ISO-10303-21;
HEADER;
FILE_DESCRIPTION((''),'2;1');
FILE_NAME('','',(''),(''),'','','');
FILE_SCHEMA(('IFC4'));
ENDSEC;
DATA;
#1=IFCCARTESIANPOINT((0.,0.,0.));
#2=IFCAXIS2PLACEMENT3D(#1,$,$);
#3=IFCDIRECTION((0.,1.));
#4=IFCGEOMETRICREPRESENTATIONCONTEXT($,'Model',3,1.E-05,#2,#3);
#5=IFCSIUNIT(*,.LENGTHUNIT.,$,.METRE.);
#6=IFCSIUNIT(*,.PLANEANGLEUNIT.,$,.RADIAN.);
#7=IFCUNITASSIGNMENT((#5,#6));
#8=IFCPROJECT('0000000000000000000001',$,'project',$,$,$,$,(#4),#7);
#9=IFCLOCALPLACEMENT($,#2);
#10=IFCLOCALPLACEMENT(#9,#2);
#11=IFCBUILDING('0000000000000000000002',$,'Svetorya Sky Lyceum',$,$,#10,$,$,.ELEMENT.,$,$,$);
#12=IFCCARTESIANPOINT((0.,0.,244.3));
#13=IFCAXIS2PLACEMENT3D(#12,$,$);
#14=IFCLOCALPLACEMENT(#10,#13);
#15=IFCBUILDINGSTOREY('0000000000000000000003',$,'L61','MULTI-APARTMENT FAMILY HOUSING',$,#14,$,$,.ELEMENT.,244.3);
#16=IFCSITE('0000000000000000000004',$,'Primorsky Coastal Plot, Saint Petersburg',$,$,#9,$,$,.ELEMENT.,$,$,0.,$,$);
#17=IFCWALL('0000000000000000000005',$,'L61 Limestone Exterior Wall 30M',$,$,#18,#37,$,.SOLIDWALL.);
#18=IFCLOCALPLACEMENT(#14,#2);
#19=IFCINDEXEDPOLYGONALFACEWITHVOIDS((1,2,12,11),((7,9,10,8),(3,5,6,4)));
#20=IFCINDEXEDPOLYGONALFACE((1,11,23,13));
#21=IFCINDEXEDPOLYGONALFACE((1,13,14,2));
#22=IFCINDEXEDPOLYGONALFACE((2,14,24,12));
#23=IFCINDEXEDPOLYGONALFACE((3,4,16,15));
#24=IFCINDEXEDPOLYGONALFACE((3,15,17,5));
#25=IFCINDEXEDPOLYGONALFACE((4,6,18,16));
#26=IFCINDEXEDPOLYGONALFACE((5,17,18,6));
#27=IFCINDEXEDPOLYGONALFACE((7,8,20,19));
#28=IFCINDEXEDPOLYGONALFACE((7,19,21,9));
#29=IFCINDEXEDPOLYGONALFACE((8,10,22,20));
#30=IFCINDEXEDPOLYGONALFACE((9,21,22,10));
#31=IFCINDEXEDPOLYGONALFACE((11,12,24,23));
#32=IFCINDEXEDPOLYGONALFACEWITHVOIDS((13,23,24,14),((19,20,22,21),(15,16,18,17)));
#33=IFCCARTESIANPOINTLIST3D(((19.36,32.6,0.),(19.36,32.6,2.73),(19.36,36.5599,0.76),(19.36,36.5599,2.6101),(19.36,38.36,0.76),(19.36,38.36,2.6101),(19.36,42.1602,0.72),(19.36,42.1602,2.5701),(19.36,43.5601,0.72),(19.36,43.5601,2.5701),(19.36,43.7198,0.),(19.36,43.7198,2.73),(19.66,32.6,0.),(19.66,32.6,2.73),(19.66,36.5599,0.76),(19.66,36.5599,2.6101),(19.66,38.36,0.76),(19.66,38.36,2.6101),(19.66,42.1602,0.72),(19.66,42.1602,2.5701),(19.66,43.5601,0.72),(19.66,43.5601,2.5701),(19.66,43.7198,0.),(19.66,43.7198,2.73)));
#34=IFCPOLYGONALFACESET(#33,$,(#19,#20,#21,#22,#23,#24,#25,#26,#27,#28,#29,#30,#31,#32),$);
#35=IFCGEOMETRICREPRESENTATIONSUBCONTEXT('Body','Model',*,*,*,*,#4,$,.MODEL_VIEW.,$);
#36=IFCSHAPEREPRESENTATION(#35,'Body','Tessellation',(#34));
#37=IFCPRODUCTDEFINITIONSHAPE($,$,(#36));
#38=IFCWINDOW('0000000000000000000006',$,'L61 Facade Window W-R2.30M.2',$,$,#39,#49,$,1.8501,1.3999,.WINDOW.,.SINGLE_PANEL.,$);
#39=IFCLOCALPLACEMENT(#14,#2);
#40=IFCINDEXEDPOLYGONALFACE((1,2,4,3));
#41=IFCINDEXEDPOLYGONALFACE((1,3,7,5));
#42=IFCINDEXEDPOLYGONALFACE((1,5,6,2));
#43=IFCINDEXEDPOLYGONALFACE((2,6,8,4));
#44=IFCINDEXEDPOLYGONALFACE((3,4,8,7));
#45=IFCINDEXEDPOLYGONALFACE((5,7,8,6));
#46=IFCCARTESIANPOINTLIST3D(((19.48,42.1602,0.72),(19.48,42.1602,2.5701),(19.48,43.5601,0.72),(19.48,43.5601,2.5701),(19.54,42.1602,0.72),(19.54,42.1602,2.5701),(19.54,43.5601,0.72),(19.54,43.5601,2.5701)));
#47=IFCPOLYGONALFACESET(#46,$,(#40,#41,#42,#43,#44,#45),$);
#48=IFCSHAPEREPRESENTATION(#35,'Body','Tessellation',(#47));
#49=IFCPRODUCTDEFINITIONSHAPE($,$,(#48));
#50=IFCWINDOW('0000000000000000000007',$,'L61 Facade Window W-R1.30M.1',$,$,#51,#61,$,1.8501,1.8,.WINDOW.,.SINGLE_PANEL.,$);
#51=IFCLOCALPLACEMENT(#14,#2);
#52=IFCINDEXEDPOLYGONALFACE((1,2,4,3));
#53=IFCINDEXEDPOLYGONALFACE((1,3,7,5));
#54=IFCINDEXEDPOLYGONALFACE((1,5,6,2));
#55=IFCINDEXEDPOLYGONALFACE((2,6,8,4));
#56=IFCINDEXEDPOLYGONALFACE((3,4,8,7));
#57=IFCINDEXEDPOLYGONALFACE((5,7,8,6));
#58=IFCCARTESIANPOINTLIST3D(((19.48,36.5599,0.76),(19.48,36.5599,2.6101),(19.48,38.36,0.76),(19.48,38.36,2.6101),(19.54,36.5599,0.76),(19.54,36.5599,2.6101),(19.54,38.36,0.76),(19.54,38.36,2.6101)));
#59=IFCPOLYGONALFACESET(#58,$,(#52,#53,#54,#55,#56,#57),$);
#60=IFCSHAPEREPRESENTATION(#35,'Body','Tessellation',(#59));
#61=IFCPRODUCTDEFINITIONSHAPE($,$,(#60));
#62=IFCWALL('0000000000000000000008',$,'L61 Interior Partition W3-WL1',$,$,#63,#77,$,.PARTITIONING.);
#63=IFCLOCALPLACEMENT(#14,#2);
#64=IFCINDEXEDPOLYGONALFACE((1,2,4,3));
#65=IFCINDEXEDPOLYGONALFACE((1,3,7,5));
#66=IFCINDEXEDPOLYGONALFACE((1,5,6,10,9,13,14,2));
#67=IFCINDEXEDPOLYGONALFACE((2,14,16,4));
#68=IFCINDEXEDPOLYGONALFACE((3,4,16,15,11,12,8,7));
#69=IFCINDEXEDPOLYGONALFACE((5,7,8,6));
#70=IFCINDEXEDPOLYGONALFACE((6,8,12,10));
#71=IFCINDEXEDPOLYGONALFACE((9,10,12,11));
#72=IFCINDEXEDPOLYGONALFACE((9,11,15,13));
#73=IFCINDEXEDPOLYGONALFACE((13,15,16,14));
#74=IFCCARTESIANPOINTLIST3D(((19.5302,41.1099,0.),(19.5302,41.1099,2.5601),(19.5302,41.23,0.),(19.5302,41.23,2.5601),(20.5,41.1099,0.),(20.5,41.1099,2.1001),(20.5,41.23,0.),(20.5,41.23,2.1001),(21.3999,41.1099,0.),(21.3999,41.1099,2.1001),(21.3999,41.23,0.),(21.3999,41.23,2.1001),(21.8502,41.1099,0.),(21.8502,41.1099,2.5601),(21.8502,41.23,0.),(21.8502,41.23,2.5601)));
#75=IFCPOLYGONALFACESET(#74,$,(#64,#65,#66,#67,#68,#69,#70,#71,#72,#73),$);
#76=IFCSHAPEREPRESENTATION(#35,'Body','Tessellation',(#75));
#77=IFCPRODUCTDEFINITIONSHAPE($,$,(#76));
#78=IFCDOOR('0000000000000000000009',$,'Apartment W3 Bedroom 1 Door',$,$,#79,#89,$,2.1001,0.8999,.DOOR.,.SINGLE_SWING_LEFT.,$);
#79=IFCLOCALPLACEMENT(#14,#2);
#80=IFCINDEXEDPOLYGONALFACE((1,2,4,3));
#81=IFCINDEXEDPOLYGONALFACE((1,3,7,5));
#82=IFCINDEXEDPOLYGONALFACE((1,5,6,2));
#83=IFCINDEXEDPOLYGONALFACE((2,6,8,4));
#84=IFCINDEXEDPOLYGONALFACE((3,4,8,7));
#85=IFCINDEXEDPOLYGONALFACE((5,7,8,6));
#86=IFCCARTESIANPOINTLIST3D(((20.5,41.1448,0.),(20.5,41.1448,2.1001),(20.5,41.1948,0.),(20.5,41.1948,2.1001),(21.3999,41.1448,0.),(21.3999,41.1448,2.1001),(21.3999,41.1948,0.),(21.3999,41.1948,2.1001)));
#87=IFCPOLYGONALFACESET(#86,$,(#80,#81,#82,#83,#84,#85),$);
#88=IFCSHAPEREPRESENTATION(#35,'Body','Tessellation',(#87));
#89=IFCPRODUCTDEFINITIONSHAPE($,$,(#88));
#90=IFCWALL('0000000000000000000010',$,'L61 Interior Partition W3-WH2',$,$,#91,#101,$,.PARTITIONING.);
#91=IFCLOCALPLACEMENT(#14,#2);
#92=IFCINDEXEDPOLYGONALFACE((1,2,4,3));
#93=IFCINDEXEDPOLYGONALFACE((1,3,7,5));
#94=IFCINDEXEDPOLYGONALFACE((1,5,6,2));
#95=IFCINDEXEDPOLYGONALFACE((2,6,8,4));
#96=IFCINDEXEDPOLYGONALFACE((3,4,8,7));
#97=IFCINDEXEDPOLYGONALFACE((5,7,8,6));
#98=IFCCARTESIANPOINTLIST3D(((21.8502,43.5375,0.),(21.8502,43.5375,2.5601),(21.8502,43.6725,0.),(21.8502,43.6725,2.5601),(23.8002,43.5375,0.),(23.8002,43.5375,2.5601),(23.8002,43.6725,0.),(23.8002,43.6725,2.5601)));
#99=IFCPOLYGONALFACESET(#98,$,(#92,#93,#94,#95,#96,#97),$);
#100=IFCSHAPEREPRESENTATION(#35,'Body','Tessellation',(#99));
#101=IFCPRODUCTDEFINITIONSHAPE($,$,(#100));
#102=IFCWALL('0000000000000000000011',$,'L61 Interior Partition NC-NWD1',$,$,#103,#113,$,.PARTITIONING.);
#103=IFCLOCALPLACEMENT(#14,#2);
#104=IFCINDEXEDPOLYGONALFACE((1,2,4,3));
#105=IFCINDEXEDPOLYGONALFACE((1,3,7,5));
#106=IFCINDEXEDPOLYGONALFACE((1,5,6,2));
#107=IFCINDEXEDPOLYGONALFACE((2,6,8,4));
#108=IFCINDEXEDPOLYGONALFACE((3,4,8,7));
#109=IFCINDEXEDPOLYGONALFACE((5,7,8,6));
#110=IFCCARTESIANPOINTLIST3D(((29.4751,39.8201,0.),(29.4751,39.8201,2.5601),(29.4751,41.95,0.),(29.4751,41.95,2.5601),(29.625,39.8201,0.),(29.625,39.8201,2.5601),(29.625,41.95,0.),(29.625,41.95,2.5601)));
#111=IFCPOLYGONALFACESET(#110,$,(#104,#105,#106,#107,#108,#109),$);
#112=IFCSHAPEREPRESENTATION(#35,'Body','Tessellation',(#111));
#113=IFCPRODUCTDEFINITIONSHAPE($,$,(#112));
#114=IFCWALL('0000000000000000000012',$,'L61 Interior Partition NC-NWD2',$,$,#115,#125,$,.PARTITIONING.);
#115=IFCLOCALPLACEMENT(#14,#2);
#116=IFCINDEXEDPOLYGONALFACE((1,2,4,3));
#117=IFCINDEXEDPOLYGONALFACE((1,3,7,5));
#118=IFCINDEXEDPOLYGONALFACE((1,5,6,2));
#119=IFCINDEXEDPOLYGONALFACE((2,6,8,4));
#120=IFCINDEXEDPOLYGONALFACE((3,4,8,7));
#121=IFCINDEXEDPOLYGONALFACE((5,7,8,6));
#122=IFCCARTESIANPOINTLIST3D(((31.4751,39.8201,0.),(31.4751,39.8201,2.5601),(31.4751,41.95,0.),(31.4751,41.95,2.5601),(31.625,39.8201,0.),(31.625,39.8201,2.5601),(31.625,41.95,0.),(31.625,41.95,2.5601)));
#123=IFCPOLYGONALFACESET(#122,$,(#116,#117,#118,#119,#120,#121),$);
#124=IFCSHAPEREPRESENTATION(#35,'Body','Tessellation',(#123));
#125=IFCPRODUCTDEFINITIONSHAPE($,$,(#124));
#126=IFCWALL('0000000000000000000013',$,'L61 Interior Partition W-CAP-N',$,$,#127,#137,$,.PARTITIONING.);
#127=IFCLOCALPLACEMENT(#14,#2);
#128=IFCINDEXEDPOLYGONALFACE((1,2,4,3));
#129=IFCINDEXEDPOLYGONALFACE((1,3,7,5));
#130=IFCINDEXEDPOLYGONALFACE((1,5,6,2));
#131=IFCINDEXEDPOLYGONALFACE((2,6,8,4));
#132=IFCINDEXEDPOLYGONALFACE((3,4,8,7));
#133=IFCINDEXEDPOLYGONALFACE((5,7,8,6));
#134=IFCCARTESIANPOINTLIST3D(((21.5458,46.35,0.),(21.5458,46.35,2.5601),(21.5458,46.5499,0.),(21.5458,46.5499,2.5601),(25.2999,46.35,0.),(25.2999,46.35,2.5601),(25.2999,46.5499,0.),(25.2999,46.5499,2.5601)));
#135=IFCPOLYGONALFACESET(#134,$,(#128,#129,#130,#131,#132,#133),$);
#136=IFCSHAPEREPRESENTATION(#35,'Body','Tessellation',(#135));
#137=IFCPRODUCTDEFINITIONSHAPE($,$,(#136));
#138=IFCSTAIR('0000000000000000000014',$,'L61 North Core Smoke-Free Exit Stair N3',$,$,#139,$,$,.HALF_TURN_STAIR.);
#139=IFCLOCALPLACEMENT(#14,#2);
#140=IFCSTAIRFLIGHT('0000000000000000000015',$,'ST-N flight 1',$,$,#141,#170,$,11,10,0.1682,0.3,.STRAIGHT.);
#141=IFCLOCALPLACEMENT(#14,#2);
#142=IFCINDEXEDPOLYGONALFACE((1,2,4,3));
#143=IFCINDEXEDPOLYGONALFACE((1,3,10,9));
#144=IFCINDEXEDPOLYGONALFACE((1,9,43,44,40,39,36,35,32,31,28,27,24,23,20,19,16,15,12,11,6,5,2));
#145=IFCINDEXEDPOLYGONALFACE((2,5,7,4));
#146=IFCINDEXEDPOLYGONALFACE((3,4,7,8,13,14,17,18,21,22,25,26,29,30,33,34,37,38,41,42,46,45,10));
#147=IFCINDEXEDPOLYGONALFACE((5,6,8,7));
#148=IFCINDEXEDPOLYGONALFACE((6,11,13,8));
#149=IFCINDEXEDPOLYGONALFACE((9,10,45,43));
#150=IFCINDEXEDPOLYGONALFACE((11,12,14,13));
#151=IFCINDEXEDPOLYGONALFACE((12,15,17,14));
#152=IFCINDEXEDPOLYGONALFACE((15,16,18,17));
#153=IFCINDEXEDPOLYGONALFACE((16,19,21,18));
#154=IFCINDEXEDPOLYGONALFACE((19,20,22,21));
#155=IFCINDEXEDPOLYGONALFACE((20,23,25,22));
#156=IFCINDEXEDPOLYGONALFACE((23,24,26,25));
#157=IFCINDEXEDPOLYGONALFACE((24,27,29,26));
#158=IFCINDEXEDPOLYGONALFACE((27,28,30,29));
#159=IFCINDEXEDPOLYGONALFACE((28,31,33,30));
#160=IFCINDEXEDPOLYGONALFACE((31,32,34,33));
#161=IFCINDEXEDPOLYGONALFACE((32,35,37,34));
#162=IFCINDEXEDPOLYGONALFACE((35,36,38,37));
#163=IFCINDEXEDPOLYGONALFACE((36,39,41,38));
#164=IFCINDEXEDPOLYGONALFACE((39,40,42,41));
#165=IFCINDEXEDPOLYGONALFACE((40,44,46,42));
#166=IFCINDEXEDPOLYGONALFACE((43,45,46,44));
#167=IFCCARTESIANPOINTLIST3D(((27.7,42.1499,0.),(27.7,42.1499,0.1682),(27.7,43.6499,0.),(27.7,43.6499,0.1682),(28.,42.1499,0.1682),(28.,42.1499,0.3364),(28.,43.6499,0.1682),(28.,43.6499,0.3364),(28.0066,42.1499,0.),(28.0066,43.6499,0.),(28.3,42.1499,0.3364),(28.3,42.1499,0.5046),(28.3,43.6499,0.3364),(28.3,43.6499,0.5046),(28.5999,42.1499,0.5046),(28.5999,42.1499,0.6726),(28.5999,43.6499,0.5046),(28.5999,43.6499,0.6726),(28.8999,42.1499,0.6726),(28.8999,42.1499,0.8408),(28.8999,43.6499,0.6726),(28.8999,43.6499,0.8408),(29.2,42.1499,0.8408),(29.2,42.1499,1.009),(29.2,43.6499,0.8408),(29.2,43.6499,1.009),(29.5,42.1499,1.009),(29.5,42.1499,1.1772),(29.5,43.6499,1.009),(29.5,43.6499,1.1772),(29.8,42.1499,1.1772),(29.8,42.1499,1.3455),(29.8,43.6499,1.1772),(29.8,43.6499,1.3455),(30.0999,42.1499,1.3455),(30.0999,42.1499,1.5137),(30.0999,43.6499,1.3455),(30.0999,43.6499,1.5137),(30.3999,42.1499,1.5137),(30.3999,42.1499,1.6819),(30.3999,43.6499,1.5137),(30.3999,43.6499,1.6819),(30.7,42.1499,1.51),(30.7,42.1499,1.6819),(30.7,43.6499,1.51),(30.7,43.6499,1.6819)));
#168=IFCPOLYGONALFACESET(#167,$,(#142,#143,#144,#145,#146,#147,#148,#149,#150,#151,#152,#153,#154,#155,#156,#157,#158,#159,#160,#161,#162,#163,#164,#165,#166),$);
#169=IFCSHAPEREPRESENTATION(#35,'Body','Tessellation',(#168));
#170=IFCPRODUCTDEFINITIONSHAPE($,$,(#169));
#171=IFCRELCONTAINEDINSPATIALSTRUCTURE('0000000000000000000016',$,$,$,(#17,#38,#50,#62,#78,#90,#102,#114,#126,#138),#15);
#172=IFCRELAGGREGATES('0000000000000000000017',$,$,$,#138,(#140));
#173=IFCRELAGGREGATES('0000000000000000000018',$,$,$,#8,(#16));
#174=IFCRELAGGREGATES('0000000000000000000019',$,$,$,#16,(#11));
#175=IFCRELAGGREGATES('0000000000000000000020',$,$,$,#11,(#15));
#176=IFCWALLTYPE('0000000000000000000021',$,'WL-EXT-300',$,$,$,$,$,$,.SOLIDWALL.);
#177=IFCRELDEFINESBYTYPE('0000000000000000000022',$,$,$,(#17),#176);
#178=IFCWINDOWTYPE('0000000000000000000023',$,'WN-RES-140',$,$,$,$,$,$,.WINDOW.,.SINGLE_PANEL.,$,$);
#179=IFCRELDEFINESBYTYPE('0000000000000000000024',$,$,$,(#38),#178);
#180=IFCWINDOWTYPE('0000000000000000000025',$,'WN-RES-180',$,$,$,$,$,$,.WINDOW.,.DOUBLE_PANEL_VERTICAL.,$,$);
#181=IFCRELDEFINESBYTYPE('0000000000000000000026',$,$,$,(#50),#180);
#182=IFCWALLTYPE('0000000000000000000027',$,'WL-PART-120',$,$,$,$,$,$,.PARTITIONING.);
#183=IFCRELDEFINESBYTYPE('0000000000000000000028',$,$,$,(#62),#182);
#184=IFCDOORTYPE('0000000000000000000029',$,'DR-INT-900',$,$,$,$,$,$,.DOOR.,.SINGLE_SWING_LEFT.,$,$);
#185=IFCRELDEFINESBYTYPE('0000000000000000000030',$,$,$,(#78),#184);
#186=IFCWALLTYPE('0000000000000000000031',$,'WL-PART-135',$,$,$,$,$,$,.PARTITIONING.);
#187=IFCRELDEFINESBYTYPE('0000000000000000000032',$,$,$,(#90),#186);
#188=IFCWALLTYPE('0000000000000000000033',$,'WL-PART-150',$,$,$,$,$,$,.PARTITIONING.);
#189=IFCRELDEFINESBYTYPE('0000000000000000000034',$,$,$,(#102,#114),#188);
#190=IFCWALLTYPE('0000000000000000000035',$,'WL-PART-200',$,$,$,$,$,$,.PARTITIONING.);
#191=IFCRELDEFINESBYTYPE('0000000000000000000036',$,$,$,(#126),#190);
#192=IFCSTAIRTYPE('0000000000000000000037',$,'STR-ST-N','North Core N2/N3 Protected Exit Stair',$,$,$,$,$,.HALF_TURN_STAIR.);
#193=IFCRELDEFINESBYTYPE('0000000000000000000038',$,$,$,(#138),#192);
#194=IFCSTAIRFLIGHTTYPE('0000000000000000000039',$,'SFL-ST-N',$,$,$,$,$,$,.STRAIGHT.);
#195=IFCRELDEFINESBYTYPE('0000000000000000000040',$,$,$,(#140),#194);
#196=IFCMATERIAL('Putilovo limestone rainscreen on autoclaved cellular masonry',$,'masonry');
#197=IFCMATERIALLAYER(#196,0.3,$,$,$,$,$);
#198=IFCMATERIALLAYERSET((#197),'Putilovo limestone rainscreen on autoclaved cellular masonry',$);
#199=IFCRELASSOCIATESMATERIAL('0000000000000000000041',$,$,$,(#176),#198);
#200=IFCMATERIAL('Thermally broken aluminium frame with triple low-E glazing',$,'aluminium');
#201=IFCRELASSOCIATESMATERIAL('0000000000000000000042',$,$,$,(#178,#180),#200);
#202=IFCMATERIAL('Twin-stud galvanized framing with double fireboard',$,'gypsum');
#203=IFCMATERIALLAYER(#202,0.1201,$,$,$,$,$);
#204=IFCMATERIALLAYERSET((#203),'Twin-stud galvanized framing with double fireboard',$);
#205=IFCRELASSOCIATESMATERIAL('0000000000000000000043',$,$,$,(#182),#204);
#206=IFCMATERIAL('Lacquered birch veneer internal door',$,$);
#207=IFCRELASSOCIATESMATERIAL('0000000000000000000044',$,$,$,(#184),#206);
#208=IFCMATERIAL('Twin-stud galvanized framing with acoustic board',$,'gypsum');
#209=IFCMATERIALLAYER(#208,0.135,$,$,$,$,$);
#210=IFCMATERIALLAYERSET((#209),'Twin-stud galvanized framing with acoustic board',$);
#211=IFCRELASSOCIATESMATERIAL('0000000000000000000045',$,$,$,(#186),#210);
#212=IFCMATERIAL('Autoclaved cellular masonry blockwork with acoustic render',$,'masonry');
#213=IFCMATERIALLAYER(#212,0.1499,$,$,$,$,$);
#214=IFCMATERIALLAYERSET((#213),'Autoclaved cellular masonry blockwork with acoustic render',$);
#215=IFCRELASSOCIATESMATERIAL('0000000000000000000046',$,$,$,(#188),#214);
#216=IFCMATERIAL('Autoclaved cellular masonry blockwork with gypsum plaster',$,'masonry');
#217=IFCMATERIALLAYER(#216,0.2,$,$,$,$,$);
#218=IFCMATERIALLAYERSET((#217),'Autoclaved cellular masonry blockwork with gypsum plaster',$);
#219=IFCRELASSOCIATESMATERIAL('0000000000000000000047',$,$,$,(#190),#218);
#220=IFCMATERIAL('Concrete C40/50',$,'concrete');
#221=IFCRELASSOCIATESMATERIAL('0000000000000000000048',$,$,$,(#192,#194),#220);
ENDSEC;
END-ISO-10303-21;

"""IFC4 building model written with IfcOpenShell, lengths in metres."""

from ifc_helpers import new_model, si_unit, direction, frame, frame_2d, origin, place, context, subcontext, project, spatial, polyline, rectangle, outline, extrude, material, layer, layer_set, type_object, element, fill, aggregate, save


model = new_model("IFC4")

# Units and contexts
model_context = context("Model", 3, precision=1e-05, world=origin(), true_north=direction((0.0, 1.0)))
body_context = subcontext(model_context, "Body", "Model", "MODEL_VIEW")
ifc_project = project(units=[si_unit("LENGTHUNIT", "METRE"), si_unit("PLANEANGLEUNIT", "RADIAN")], contexts=[model_context])

# Site, building, storey
site_placement = place(None, origin())
site = spatial("IfcSite", under=ifc_project, at=site_placement, Name="Primorsky Coastal Plot, Saint Petersburg", CompositionType="ELEMENT", RefElevation=0.0)
building_placement = place(site_placement, origin())
building = spatial("IfcBuilding", under=site, at=building_placement, Name="Svetorya Sky Lyceum", CompositionType="ELEMENT")
storey_placement = place(building_placement, frame((0.0, 0.0, 244.3)))
storey = spatial("IfcBuildingStorey", under=building, at=storey_placement, Name="L61", Description="MULTI-APARTMENT FAMILY HOUSING", CompositionType="ELEMENT", Elevation=244.3)

# Shared definitions
ifc_material_1 = material(Name="Putilovo limestone rainscreen on autoclaved cellular masonry", Category="masonry")
ifc_layer_1 = layer(ifc_material_1, 0.3)
ifc_layer_set_1 = layer_set([ifc_layer_1], Name="Putilovo limestone rainscreen on autoclaved cellular masonry")
wall_type_1 = type_object("IfcWallType", Name="WL-EXT-300", PredefinedType="SOLIDWALL", material=ifc_layer_set_1)

# Wall, openings, windows
wall_1_placement = place(storey_placement, frame((19.51, 43.72, 0.0), z_axis=(0.0, 0.0, 1.0), x_axis=(0.0, -1.0, 0.0)))
wall_1 = element("IfcWall", 1, at=wall_1_placement, inside=storey, type_object=wall_type_1, Name="L61 Limestone Exterior Wall 30M", PredefinedType="SOLIDWALL", context=body_context, shape_type="SweptSolid", body=[
    extrude(rectangle(XDim=11.1199, YDim=0.3, at=frame_2d((5.5601, 0.0))), origin(), (0.0, 0.0, 1.0), 2.73),
])
opening_1_placement = place(wall_1_placement, frame((0.1599, 0.0, 0.72)))
opening_1 = element("IfcOpeningElement", 2, at=opening_1_placement, cuts=wall_1, PredefinedType="OPENING", context=body_context, shape_type="SweptSolid", body=[
    extrude(rectangle(XDim=1.3999, YDim=1.8501, at=frame_2d((0.7, 0.925))), frame((0.0, 0.1599, 0.0), z_axis=(0.0, -1.0, 0.0), x_axis=(1.0, 0.0, 0.0)), (0.0, 0.0, 1.0), 0.3201),
])
opening_2_placement = place(wall_1_placement, frame((5.3601, 0.0, 0.76)))
opening_2 = element("IfcOpeningElement", 3, at=opening_2_placement, cuts=wall_1, PredefinedType="OPENING", context=body_context, shape_type="SweptSolid", body=[
    extrude(rectangle(XDim=1.8, YDim=1.8501, at=frame_2d((0.8999, 0.925))), frame((0.0, 0.1599, 0.0), z_axis=(0.0, -1.0, 0.0), x_axis=(1.0, 0.0, 0.0)), (0.0, 0.0, 1.0), 0.3201),
])
ifc_material_2 = material(Name="Thermally broken aluminium frame with triple low-E glazing", Category="aluminium")
window_type_1 = type_object("IfcWindowType", Name="WN-RES-140", PartitioningType="SINGLE_PANEL", PredefinedType="WINDOW", material=ifc_material_2)
window_1_placement = place(opening_1_placement, origin())
window_1 = element("IfcWindow", 4, at=window_1_placement, inside=storey, type_object=window_type_1, Name="L61 Facade Window W-R2.30M.2", OverallHeight=1.8501, OverallWidth=1.3999, PartitioningType="SINGLE_PANEL", PredefinedType="WINDOW", context=body_context, shape_type="SweptSolid", body=[
    extrude(rectangle(XDim=1.3999, YDim=1.8501, at=frame_2d((0.7, 0.925))), frame((0.0, 0.03, 0.0), z_axis=(0.0, -1.0, 0.0), x_axis=(1.0, 0.0, 0.0)), (0.0, 0.0, 1.0), 0.0601),
])
fill(opening_1, window_1)
window_type_2 = type_object("IfcWindowType", Name="WN-RES-180", PartitioningType="DOUBLE_PANEL_VERTICAL", PredefinedType="WINDOW", material=ifc_material_2)
window_2_placement = place(opening_2_placement, origin())
window_2 = element("IfcWindow", 5, at=window_2_placement, inside=storey, type_object=window_type_2, Name="L61 Facade Window W-R1.30M.1", OverallHeight=1.8501, OverallWidth=1.8, PartitioningType="SINGLE_PANEL", PredefinedType="WINDOW", context=body_context, shape_type="SweptSolid", body=[
    extrude(rectangle(XDim=1.8, YDim=1.8501, at=frame_2d((0.8999, 0.925))), frame((0.0, 0.03, 0.0), z_axis=(0.0, -1.0, 0.0), x_axis=(1.0, 0.0, 0.0)), (0.0, 0.0, 1.0), 0.0601),
])
fill(opening_2, window_2)

# Wall, opening, door
ifc_material_3 = material(Name="Twin-stud galvanized framing with double fireboard", Category="gypsum")
ifc_layer_2 = layer(ifc_material_3, 0.1201)
ifc_layer_set_2 = layer_set([ifc_layer_2], Name="Twin-stud galvanized framing with double fireboard")
wall_type_2 = type_object("IfcWallType", Name="WL-PART-120", PredefinedType="PARTITIONING", material=ifc_layer_set_2)
wall_2_placement = place(storey_placement, frame((19.53, 41.1699, 0.0), z_axis=(0.0, 0.0, 1.0), x_axis=(1.0, 0.0, 0.0)))
wall_2 = element("IfcWall", 6, at=wall_2_placement, inside=storey, type_object=wall_type_2, Name="L61 Interior Partition W3-WL1", PredefinedType="PARTITIONING", context=body_context, shape_type="SweptSolid", body=[
    extrude(rectangle(XDim=2.3201, YDim=0.1201, at=frame_2d((1.1602, 0.0))), origin(), (0.0, 0.0, 1.0), 2.5601),
])
opening_3_placement = place(wall_2_placement, frame((0.97, 0.0, 0.0)))
opening_3 = element("IfcOpeningElement", 7, at=opening_3_placement, cuts=wall_2, PredefinedType="OPENING", context=body_context, shape_type="SweptSolid", body=[
    extrude(rectangle(XDim=0.8999, YDim=2.1001, at=frame_2d((0.45, 1.05))), frame((0.0, 0.0701, 0.0), z_axis=(0.0, -1.0, 0.0), x_axis=(1.0, 0.0, 0.0)), (0.0, 0.0, 1.0), 0.1401),
])
ifc_material_4 = material(Name="Lacquered birch veneer internal door")
door_type = type_object("IfcDoorType", Name="DR-INT-900", OperationType="SINGLE_SWING_LEFT", PredefinedType="DOOR", material=ifc_material_4)
door_placement = place(opening_3_placement, origin())
door = element("IfcDoor", 8, at=door_placement, inside=storey, type_object=door_type, Name="Apartment W3 Bedroom 1 Door", OperationType="SINGLE_SWING_LEFT", OverallHeight=2.1001, OverallWidth=0.8999, PredefinedType="DOOR", context=body_context, shape_type="SweptSolid", body=[
    extrude(rectangle(XDim=0.8999, YDim=2.1001, at=frame_2d((0.45, 1.05))), frame((0.0, 0.0249, 0.0), z_axis=(0.0, -1.0, 0.0), x_axis=(1.0, 0.0, 0.0)), (0.0, 0.0, 1.0), 0.05),
])
fill(opening_3, door)

# Walls
ifc_material_5 = material(Name="Twin-stud galvanized framing with acoustic board", Category="gypsum")
ifc_layer_3 = layer(ifc_material_5, 0.135)
ifc_layer_set_3 = layer_set([ifc_layer_3], Name="Twin-stud galvanized framing with acoustic board")
wall_type_3 = type_object("IfcWallType", Name="WL-PART-135", PredefinedType="PARTITIONING", material=ifc_layer_set_3)
wall_3_placement = place(storey_placement, frame((21.8501, 43.605, 0.0), z_axis=(0.0, 0.0, 1.0), x_axis=(1.0, 0.0, 0.0)))
element("IfcWall", 9, at=wall_3_placement, inside=storey, type_object=wall_type_3, Name="L61 Interior Partition W3-WH2", PredefinedType="PARTITIONING", context=body_context, shape_type="SweptSolid", body=[
    extrude(rectangle(XDim=1.95, YDim=0.135, at=frame_2d((0.9751, 0.0))), origin(), (0.0, 0.0, 1.0), 2.5601),
])
ifc_material_6 = material(Name="Autoclaved cellular masonry blockwork with acoustic render", Category="masonry")
ifc_layer_4 = layer(ifc_material_6, 0.1499)
ifc_layer_set_4 = layer_set([ifc_layer_4], Name="Autoclaved cellular masonry blockwork with acoustic render")
wall_type_4 = type_object("IfcWallType", Name="WL-PART-150", PredefinedType="PARTITIONING", material=ifc_layer_set_4)
for number, where, z_axis, x_axis, name in (
    (10, (29.55, 39.8201, 0.0), (0.0, 0.0, 1.0), (0.0, 1.0, 0.0), "L61 Interior Partition NC-NWD1"),
    (11, (31.55, 39.8201, 0.0), (0.0, 0.0, 1.0), (0.0, 1.0, 0.0), "L61 Interior Partition NC-NWD2"),
):
    element("IfcWall", number, at=place(storey_placement, frame(where, z_axis=z_axis, x_axis=x_axis)), inside=storey, type_object=wall_type_4, Name=name, PredefinedType="PARTITIONING", context=body_context, shape_type="SweptSolid", body=[
        extrude(rectangle(XDim=2.1299, YDim=0.1499, at=frame_2d((1.0649, 0.0))), origin(), (0.0, 0.0, 1.0), 2.5601),
    ])
ifc_material_7 = material(Name="Autoclaved cellular masonry blockwork with gypsum plaster", Category="masonry")
ifc_layer_5 = layer(ifc_material_7, 0.2)
ifc_layer_set_5 = layer_set([ifc_layer_5], Name="Autoclaved cellular masonry blockwork with gypsum plaster")
wall_type_5 = type_object("IfcWallType", Name="WL-PART-200", PredefinedType="PARTITIONING", material=ifc_layer_set_5)
wall_4_placement = place(storey_placement, frame((21.5459, 46.45, 0.0), z_axis=(0.0, 0.0, 1.0), x_axis=(1.0, 0.0, 0.0)))
element("IfcWall", 12, at=wall_4_placement, inside=storey, type_object=wall_type_5, Name="L61 Interior Partition W-CAP-N", PredefinedType="PARTITIONING", context=body_context, shape_type="SweptSolid", body=[
    extrude(rectangle(XDim=3.7542, YDim=0.2, at=frame_2d((1.877, 0.0))), origin(), (0.0, 0.0, 1.0), 2.5601),
])

# Stair, stair flight
ifc_material_8 = material(Name="Concrete C40/50", Category="concrete")
stair_type = type_object("IfcStairType", Name="STR-ST-N", Description="North Core N2/N3 Protected Exit Stair", PredefinedType="HALF_TURN_STAIR", material=ifc_material_8)
stair_placement = place(storey_placement, origin())
stair = element("IfcStair", 13, at=stair_placement, inside=storey, type_object=stair_type, Name="L61 North Core Smoke-Free Exit Stair N3", PredefinedType="HALF_TURN_STAIR")
stair_flight_type = type_object("IfcStairFlightType", Name="SFL-ST-N", PredefinedType="STRAIGHT", material=ifc_material_8)
stair_flight_1_placement = place(storey_placement, frame((27.7, 42.8999, 0.0), z_axis=(0.0, 0.0, 1.0), x_axis=(1.0, 0.0, 0.0)))
stair_flight_1 = element("IfcStairFlight", 14, at=stair_flight_1_placement, type_object=stair_flight_type, Name="ST-N flight 1", NumberOfRisers=11, NumberOfTreads=10, PredefinedType="STRAIGHT", RiserHeight=0.1682, TreadLength=0.3, context=body_context, shape_type="SweptSolid", body=[
    extrude(outline(polyline([(0.0, 0.0), (0.0, 0.1682), (0.3, 0.1682), (0.3, 0.3364), (0.6001, 0.3364), (0.6001, 0.5046), (0.8999, 0.5046), (0.8999, 0.6726), (1.2, 0.6726), (1.2, 0.8408), (1.5, 0.8408), (1.5, 1.009), (1.8, 1.009), (1.8, 1.1772), (2.1001, 1.1772), (2.1001, 1.3455), (2.3999, 1.3455), (2.3999, 1.5137), (2.7, 1.5137), (2.7, 1.6819), (3.0, 1.6819), (3.0, 1.8501), (3.0, 1.51), (0.3066, 0.0), (0.0, 0.0)])), frame((0.0, 0.75, 0.0), z_axis=(0.0, -1.0, 0.0), x_axis=(1.0, 0.0, 0.0)), (0.0, 0.0, 1.0), 1.5),
])
aggregate(stair, [stair_flight_1])

save(model, "model.ifc")
